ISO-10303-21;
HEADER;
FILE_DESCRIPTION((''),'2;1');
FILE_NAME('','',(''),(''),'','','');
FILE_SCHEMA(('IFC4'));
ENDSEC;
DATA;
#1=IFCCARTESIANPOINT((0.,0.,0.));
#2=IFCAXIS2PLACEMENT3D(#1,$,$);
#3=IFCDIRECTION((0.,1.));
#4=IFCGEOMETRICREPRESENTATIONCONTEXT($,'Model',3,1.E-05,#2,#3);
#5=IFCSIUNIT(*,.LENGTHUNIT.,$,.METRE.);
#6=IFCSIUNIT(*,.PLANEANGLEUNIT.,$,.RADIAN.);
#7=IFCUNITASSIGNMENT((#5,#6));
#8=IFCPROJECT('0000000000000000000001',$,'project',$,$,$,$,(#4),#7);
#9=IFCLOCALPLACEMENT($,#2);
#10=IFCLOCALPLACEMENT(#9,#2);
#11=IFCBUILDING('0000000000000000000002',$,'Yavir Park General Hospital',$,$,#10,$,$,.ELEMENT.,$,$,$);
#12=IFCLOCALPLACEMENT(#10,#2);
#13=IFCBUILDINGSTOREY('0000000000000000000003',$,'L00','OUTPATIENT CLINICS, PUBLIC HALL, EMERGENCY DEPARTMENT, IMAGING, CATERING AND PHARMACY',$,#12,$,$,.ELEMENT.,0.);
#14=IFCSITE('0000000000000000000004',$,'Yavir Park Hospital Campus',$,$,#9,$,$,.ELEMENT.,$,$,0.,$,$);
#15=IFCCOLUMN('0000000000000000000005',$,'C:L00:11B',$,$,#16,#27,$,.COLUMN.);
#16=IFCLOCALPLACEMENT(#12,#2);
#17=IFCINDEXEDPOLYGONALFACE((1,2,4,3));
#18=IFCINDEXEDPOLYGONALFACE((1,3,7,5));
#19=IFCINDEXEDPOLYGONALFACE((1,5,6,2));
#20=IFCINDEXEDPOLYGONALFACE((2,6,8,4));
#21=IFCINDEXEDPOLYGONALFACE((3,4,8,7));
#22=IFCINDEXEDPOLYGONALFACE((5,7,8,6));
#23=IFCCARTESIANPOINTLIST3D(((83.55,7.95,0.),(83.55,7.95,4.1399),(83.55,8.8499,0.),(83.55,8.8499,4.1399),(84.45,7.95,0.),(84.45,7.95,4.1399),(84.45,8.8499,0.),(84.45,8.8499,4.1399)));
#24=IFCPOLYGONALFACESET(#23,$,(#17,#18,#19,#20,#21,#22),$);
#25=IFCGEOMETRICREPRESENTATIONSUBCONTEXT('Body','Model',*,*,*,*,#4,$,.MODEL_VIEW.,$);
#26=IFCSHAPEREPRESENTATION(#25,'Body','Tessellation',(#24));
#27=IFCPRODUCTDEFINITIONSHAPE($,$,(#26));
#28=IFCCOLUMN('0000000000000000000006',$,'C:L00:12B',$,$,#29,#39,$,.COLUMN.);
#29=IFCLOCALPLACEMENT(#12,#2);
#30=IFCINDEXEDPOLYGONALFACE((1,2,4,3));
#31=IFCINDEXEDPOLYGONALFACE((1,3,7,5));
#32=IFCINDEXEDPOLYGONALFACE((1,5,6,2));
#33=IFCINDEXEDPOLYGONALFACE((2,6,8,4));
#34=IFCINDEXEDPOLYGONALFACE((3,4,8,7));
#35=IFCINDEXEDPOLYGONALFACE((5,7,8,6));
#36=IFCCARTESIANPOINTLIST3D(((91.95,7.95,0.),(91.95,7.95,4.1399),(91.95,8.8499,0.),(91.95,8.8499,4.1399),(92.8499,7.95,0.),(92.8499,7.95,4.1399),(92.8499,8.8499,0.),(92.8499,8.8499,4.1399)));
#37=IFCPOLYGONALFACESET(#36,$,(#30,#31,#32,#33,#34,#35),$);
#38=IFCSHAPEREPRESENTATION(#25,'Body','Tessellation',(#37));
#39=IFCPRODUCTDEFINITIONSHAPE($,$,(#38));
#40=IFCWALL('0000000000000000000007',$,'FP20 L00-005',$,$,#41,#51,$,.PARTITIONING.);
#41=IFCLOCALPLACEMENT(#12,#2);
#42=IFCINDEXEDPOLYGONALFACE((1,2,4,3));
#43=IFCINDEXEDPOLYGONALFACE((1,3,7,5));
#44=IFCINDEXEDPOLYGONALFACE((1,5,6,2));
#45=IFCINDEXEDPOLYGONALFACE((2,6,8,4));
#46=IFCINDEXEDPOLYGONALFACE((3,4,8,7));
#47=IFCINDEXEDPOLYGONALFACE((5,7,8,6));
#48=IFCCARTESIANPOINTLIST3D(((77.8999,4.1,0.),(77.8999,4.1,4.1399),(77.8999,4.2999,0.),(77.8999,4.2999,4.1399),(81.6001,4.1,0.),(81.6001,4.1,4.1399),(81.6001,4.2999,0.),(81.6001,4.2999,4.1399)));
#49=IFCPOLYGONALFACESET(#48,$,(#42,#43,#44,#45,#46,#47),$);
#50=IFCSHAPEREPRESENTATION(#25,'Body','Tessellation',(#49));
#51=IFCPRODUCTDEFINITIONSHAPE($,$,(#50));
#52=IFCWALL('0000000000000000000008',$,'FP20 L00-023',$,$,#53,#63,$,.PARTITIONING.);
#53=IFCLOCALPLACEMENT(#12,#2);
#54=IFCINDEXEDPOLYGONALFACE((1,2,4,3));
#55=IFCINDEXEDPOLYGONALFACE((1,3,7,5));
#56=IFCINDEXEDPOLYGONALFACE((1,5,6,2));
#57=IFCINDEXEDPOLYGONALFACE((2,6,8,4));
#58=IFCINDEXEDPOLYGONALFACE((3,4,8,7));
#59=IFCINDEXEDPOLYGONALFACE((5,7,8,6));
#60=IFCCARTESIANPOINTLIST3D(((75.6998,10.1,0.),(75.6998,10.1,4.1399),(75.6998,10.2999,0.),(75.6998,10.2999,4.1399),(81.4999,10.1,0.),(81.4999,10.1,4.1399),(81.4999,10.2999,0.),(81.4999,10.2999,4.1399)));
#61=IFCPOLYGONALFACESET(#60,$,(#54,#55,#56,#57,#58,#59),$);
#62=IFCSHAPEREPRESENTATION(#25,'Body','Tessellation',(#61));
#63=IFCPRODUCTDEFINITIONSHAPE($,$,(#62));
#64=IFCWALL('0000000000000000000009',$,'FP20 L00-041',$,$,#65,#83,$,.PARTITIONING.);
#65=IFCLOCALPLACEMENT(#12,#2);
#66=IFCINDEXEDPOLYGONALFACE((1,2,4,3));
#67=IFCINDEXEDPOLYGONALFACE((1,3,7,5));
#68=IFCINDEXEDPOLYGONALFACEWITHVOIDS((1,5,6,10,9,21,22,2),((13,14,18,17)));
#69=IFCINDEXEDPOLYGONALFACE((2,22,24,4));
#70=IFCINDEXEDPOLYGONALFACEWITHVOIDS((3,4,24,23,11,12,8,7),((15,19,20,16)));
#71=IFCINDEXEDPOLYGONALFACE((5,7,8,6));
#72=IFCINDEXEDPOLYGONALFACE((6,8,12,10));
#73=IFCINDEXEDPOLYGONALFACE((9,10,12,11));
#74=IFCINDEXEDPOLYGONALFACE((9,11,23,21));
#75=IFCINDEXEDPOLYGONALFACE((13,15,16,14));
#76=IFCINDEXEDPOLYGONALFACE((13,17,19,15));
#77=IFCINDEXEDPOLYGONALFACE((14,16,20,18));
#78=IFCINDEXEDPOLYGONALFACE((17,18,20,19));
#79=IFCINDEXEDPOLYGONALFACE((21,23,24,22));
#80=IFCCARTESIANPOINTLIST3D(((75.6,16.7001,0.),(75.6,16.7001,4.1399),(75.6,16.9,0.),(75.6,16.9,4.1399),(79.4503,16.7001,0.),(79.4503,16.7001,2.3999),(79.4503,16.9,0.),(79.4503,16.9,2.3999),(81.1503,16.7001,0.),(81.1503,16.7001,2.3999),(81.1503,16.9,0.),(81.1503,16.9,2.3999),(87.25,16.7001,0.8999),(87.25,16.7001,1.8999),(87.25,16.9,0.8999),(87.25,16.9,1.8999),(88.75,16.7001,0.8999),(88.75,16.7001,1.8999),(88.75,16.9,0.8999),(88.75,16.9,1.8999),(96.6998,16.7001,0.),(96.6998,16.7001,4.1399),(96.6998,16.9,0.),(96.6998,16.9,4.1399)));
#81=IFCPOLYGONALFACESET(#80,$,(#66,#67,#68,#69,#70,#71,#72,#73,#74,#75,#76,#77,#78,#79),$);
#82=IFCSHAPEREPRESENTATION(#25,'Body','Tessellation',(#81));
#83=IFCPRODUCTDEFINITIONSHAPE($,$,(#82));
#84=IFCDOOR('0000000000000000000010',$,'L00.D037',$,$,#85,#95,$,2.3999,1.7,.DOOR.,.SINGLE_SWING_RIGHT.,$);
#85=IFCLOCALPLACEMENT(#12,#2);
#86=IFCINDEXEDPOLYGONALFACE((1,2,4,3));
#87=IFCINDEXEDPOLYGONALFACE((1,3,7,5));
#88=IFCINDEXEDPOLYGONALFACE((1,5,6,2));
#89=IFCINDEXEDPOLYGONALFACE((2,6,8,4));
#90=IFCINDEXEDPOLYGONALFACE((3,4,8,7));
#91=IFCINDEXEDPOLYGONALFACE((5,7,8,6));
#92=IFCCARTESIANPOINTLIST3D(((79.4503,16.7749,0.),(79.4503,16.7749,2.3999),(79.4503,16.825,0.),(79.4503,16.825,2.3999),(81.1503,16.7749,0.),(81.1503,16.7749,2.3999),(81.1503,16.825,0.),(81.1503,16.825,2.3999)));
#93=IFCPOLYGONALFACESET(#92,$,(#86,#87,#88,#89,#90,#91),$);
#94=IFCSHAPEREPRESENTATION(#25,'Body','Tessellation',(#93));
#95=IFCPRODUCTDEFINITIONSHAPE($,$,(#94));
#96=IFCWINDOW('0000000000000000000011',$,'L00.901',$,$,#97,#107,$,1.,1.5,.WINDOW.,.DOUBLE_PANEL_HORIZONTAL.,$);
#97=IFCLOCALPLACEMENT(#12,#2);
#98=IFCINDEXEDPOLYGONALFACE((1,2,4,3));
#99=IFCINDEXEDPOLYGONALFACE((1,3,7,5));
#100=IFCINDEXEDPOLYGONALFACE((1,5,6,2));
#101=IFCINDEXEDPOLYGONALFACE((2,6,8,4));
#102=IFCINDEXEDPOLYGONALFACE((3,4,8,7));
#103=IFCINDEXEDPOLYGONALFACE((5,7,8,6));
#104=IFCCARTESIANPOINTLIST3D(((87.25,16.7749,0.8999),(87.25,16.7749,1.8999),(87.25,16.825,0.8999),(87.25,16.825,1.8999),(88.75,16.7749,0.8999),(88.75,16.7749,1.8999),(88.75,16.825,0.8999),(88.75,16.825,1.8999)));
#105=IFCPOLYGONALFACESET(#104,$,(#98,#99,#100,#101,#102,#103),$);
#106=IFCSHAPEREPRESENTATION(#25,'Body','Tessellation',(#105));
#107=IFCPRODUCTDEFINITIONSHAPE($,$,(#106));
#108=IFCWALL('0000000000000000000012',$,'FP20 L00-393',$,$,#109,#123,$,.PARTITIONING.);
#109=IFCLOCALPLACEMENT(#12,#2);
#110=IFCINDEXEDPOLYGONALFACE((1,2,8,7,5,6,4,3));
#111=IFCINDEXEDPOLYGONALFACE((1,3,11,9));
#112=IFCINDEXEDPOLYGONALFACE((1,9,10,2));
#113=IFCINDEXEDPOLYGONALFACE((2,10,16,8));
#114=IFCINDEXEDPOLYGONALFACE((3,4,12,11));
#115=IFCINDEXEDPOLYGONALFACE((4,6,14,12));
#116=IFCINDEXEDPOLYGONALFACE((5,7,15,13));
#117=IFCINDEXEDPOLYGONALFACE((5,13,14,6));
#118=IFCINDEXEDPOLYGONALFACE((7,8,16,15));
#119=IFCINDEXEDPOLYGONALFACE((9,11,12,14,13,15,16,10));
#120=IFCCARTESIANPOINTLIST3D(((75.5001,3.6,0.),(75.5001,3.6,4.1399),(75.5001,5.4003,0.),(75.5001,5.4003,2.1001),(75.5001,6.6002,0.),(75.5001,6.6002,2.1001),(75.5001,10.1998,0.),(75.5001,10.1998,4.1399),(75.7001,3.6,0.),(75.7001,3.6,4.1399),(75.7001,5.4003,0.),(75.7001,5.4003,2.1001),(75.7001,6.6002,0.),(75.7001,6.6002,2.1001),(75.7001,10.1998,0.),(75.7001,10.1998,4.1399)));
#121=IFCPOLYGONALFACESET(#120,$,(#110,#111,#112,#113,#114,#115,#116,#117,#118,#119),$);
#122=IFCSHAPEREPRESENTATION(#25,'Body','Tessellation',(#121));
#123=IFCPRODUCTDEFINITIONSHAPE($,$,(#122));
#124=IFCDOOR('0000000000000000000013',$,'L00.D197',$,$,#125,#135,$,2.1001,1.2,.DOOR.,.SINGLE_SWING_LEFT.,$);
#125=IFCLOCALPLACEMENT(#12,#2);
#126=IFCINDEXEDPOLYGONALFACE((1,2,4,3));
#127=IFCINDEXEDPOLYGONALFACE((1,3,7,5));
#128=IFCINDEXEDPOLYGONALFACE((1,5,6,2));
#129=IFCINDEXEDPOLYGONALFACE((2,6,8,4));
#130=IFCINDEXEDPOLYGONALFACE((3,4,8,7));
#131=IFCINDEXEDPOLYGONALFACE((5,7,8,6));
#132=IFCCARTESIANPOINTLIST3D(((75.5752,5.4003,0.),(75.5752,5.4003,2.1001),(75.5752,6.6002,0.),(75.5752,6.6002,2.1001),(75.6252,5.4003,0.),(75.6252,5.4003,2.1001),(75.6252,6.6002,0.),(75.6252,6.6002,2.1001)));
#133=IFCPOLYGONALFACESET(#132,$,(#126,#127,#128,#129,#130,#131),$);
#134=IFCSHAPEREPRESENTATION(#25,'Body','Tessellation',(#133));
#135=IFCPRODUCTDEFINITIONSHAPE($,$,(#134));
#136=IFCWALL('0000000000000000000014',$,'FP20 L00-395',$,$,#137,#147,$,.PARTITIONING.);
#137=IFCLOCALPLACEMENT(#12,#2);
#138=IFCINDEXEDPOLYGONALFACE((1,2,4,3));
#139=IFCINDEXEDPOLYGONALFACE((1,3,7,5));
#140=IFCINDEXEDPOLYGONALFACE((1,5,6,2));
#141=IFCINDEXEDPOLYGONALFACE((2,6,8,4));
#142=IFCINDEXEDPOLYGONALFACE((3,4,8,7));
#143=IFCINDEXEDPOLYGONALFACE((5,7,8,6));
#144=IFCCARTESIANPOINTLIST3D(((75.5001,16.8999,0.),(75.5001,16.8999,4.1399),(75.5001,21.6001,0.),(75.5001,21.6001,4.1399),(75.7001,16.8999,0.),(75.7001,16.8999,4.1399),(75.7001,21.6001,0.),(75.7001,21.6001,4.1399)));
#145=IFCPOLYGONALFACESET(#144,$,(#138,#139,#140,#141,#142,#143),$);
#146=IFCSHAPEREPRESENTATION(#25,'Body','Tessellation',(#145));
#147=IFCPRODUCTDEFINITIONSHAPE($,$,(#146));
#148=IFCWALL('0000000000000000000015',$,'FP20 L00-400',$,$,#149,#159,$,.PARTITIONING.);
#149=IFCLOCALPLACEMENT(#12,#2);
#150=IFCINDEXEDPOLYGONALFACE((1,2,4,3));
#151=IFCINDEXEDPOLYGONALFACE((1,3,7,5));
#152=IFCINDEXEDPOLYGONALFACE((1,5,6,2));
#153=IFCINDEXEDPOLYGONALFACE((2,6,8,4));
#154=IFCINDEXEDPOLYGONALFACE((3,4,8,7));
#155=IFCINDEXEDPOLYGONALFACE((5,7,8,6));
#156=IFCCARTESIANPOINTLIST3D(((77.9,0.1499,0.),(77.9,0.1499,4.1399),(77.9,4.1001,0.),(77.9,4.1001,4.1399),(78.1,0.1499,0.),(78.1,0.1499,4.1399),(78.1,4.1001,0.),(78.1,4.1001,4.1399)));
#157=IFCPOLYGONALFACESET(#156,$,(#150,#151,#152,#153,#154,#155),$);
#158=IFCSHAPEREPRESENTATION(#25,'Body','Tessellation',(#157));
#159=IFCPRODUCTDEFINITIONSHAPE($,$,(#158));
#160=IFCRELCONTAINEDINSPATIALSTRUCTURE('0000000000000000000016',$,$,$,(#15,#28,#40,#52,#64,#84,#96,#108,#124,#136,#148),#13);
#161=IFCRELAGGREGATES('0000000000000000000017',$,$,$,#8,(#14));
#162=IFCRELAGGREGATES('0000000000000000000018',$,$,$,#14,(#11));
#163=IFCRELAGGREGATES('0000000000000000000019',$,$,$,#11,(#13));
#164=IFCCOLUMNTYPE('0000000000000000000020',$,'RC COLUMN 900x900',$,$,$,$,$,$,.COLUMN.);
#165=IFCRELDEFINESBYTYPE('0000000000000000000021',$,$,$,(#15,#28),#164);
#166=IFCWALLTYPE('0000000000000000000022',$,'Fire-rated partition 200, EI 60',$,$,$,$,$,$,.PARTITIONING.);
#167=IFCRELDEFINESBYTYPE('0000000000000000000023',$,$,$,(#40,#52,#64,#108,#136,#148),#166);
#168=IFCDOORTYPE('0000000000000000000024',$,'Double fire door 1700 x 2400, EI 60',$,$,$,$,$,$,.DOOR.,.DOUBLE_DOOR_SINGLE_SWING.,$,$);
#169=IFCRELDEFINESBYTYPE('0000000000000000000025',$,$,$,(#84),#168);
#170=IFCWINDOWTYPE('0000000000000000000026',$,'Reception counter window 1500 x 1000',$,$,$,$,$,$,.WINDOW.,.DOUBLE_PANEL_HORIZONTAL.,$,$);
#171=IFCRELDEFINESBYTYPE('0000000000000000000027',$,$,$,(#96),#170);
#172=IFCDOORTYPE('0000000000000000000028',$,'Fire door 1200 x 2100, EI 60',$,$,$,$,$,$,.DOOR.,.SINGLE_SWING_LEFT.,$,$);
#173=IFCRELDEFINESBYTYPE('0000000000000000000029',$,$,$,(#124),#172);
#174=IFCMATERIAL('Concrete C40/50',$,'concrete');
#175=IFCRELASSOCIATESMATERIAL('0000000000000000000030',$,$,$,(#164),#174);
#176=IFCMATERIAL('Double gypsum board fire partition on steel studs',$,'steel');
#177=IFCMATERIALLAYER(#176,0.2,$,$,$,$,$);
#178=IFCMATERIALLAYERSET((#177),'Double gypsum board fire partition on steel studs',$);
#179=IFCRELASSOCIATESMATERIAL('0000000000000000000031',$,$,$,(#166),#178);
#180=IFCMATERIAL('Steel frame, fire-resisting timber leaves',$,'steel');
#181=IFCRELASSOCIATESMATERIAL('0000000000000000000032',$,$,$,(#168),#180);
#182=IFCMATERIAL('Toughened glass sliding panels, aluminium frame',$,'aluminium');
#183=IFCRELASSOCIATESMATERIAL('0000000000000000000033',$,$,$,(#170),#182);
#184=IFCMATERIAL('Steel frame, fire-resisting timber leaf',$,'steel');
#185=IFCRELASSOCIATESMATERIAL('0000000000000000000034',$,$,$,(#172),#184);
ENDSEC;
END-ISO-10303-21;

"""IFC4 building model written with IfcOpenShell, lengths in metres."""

from ifc_helpers import new_model, si_unit, direction, frame, frame_2d, origin, origin_2d, place, context, subcontext, project, spatial, rectangle, extrude, material, layer, layer_set, material_profile, profile_set, type_object, element, fill, save


model = new_model("IFC4")

# Units and contexts
model_context = context("Model", 3, precision=1e-05, world=origin(), true_north=direction((0.0, 1.0)))
body_context = subcontext(model_context, "Body", "Model", "MODEL_VIEW")
ifc_project = project(units=[si_unit("LENGTHUNIT", "METRE"), si_unit("PLANEANGLEUNIT", "RADIAN")], contexts=[model_context])

# Site, building, storey
site_placement = place(None, origin())
site = spatial("IfcSite", under=ifc_project, at=site_placement, Name="Yavir Park Hospital Campus", CompositionType="ELEMENT", RefElevation=0.0)
building_placement = place(site_placement, origin())
building = spatial("IfcBuilding", under=site, at=building_placement, Name="Yavir Park General Hospital", CompositionType="ELEMENT")
storey_placement = place(building_placement, origin())
storey = spatial("IfcBuildingStorey", under=building, at=storey_placement, Name="L00", Description="OUTPATIENT CLINICS, PUBLIC HALL, EMERGENCY DEPARTMENT, IMAGING, CATERING AND PHARMACY", CompositionType="ELEMENT", Elevation=0.0)

# Columns
ifc_material_1 = material(Name="Concrete C40/50", Category="concrete")
ifc_material_profile = material_profile(ifc_material_1, rectangle(XDim=0.8999, YDim=0.8999, at=origin_2d()), Name="RC900x900")
ifc_profile_set = profile_set([ifc_material_profile], Name="Concrete C40/50")
column_type = type_object("IfcColumnType", Name="RC COLUMN 900x900", PredefinedType="COLUMN", material=ifc_profile_set)
for number, where, z_axis, x_axis, name in (
    (1, (84.0, 8.3999, 0.0), (0.0, 0.0, 1.0), (1.0, 0.0, 0.0), "C:L00:11B"),
    (2, (92.3999, 8.3999, 0.0), (0.0, 0.0, 1.0), (1.0, 0.0, 0.0), "C:L00:12B"),
):
    element("IfcColumn", number, at=place(storey_placement, frame(where, z_axis=z_axis, x_axis=x_axis)), inside=storey, type_object=column_type, Name=name, PredefinedType="COLUMN", context=body_context, shape_type="SweptSolid", body=[
        extrude(rectangle(XDim=0.8999, YDim=0.8999, at=origin_2d()), origin(), (0.0, 0.0, 1.0), 4.1399),
    ])

# Walls
ifc_material_2 = material(Name="Double gypsum board fire partition on steel studs", Category="steel")
ifc_layer_1 = layer(ifc_material_2, 0.2)
ifc_layer_set_1 = layer_set([ifc_layer_1], Name="Double gypsum board fire partition on steel studs")
wall_type_1 = type_object("IfcWallType", Name="Fire-rated partition 200, EI 60", PredefinedType="PARTITIONING", material=ifc_layer_set_1)
wall_1_placement = place(storey_placement, frame((77.8999, 4.2, 0.0), z_axis=(0.0, 0.0, 1.0), x_axis=(1.0, 0.0, 0.0)))
element("IfcWall", 3, at=wall_1_placement, inside=storey, type_object=wall_type_1, Name="FP20 L00-005", PredefinedType="PARTITIONING", context=body_context, shape_type="SweptSolid", body=[
    extrude(rectangle(XDim=3.7002, YDim=0.2, at=frame_2d((1.8501, 0.0))), origin(), (0.0, 0.0, 1.0), 4.1399),
])
wall_2_placement = place(storey_placement, frame((75.7, 10.2, 0.0), z_axis=(0.0, 0.0, 1.0), x_axis=(1.0, 0.0, 0.0)))
element("IfcWall", 4, at=wall_2_placement, inside=storey, type_object=wall_type_1, Name="FP20 L00-023", PredefinedType="PARTITIONING", context=body_context, shape_type="SweptSolid", body=[
    extrude(rectangle(XDim=5.8, YDim=0.2, at=frame_2d((2.8999, 0.0))), origin(), (0.0, 0.0, 1.0), 4.1399),
])

# Wall, openings, door, window
wall_3_placement = place(storey_placement, frame((75.6001, 16.8, 0.0), z_axis=(0.0, 0.0, 1.0), x_axis=(1.0, 0.0, 0.0)))
wall_3 = element("IfcWall", 5, at=wall_3_placement, inside=storey, type_object=wall_type_1, Name="FP20 L00-041", PredefinedType="PARTITIONING", context=body_context, shape_type="SweptSolid", body=[
    extrude(rectangle(XDim=21.0999, YDim=0.2, at=frame_2d((10.5498, 0.0))), origin(), (0.0, 0.0, 1.0), 4.1399),
])
opening_1_placement = place(wall_3_placement, frame((3.8501, 0.0, 0.0)))
opening_1 = element("IfcOpeningElement", 6, at=opening_1_placement, cuts=wall_3, PredefinedType="OPENING", context=body_context, shape_type="SweptSolid", body=[
    extrude(rectangle(XDim=1.7, YDim=2.3999, at=frame_2d((0.8501, 1.2))), frame((0.0, 0.1099, 0.0), z_axis=(0.0, -1.0, 0.0), x_axis=(1.0, 0.0, 0.0)), (0.0, 0.0, 1.0), 0.22),
])
opening_2_placement = place(wall_3_placement, frame((11.6499, 0.0, 0.8999)))
opening_2 = element("IfcOpeningElement", 7, at=opening_2_placement, cuts=wall_3, PredefinedType="OPENING", context=body_context, shape_type="SweptSolid", body=[
    extrude(rectangle(XDim=1.5, YDim=1.0, at=frame_2d((0.75, 0.5))), frame((0.0, 0.1099, 0.0), z_axis=(0.0, -1.0, 0.0), x_axis=(1.0, 0.0, 0.0)), (0.0, 0.0, 1.0), 0.22),
])
ifc_material_3 = material(Name="Steel frame, fire-resisting timber leaves", Category="steel")
door_type_1 = type_object("IfcDoorType", Name="Double fire door 1700 x 2400, EI 60", OperationType="DOUBLE_DOOR_SINGLE_SWING", PredefinedType="DOOR", material=ifc_material_3)
door_1_placement = place(opening_1_placement, origin())
door_1 = element("IfcDoor", 8, at=door_1_placement, inside=storey, type_object=door_type_1, Name="L00.D037", OperationType="SINGLE_SWING_RIGHT", OverallHeight=2.3999, OverallWidth=1.7, PredefinedType="DOOR", context=body_context, shape_type="SweptSolid", body=[
    extrude(rectangle(XDim=1.7, YDim=2.3999, at=frame_2d((0.8501, 1.2))), frame((0.0, 0.0249, 0.0), z_axis=(0.0, -1.0, 0.0), x_axis=(1.0, 0.0, 0.0)), (0.0, 0.0, 1.0), 0.05),
])
fill(opening_1, door_1)
ifc_material_4 = material(Name="Toughened glass sliding panels, aluminium frame", Category="aluminium")
window_type = type_object("IfcWindowType", Name="Reception counter window 1500 x 1000", PartitioningType="DOUBLE_PANEL_HORIZONTAL", PredefinedType="WINDOW", material=ifc_material_4)
window_placement = place(opening_2_placement, origin())
window = element("IfcWindow", 9, at=window_placement, inside=storey, type_object=window_type, Name="L00.901", OverallHeight=1.0, OverallWidth=1.5, PartitioningType="DOUBLE_PANEL_HORIZONTAL", PredefinedType="WINDOW", context=body_context, shape_type="SweptSolid", body=[
    extrude(rectangle(XDim=1.5, YDim=1.0, at=frame_2d((0.75, 0.5))), frame((0.0, 0.0249, 0.0), z_axis=(0.0, -1.0, 0.0), x_axis=(1.0, 0.0, 0.0)), (0.0, 0.0, 1.0), 0.05),
])
fill(opening_2, window)

# Wall, opening, door
wall_4_placement = place(storey_placement, frame((75.6001, 3.6001, 0.0), z_axis=(0.0, 0.0, 1.0), x_axis=(0.0, 1.0, 0.0)))
wall_4 = element("IfcWall", 10, at=wall_4_placement, inside=storey, type_object=wall_type_1, Name="FP20 L00-393", PredefinedType="PARTITIONING", context=body_context, shape_type="SweptSolid", body=[
    extrude(rectangle(XDim=6.5999, YDim=0.2, at=frame_2d((3.2998, 0.0))), origin(), (0.0, 0.0, 1.0), 4.1399),
])
opening_3_placement = place(wall_4_placement, frame((1.8, 0.0, 0.0)))
opening_3 = element("IfcOpeningElement", 11, at=opening_3_placement, cuts=wall_4, PredefinedType="OPENING", context=body_context, shape_type="SweptSolid", body=[
    extrude(rectangle(XDim=1.2, YDim=2.1001, at=frame_2d((0.6001, 1.05))), frame((0.0, 0.1099, 0.0), z_axis=(0.0, -1.0, 0.0), x_axis=(1.0, 0.0, 0.0)), (0.0, 0.0, 1.0), 0.22),
])
ifc_material_5 = material(Name="Steel frame, fire-resisting timber leaf", Category="steel")
door_type_2 = type_object("IfcDoorType", Name="Fire door 1200 x 2100, EI 60", OperationType="SINGLE_SWING_LEFT", PredefinedType="DOOR", material=ifc_material_5)
door_2_placement = place(opening_3_placement, origin())
door_2 = element("IfcDoor", 12, at=door_2_placement, inside=storey, type_object=door_type_2, Name="L00.D197", OperationType="SINGLE_SWING_LEFT", OverallHeight=2.1001, OverallWidth=1.2, PredefinedType="DOOR", context=body_context, shape_type="SweptSolid", body=[
    extrude(rectangle(XDim=1.2, YDim=2.1001, at=frame_2d((0.6001, 1.05))), frame((0.0, 0.0249, 0.0), z_axis=(0.0, -1.0, 0.0), x_axis=(1.0, 0.0, 0.0)), (0.0, 0.0, 1.0), 0.05),
])
fill(opening_3, door_2)

# Walls
wall_5_placement = place(storey_placement, frame((75.6001, 16.8999, 0.0), z_axis=(0.0, 0.0, 1.0), x_axis=(0.0, 1.0, 0.0)))
element("IfcWall", 13, at=wall_5_placement, inside=storey, type_object=wall_type_1, Name="FP20 L00-395", PredefinedType="PARTITIONING", context=body_context, shape_type="SweptSolid", body=[
    extrude(rectangle(XDim=4.7002, YDim=0.2, at=frame_2d((2.3501, 0.0))), origin(), (0.0, 0.0, 1.0), 4.1399),
])
wall_6_placement = place(storey_placement, frame((78.0, 0.1499, 0.0), z_axis=(0.0, 0.0, 1.0), x_axis=(0.0, 1.0, 0.0)))
element("IfcWall", 14, at=wall_6_placement, inside=storey, type_object=wall_type_1, Name="FP20 L00-400", PredefinedType="PARTITIONING", context=body_context, shape_type="SweptSolid", body=[
    extrude(rectangle(XDim=3.9502, YDim=0.2, at=frame_2d((1.9751, 0.0))), origin(), (0.0, 0.0, 1.0), 4.1399),
])

save(model, "model.ifc")
